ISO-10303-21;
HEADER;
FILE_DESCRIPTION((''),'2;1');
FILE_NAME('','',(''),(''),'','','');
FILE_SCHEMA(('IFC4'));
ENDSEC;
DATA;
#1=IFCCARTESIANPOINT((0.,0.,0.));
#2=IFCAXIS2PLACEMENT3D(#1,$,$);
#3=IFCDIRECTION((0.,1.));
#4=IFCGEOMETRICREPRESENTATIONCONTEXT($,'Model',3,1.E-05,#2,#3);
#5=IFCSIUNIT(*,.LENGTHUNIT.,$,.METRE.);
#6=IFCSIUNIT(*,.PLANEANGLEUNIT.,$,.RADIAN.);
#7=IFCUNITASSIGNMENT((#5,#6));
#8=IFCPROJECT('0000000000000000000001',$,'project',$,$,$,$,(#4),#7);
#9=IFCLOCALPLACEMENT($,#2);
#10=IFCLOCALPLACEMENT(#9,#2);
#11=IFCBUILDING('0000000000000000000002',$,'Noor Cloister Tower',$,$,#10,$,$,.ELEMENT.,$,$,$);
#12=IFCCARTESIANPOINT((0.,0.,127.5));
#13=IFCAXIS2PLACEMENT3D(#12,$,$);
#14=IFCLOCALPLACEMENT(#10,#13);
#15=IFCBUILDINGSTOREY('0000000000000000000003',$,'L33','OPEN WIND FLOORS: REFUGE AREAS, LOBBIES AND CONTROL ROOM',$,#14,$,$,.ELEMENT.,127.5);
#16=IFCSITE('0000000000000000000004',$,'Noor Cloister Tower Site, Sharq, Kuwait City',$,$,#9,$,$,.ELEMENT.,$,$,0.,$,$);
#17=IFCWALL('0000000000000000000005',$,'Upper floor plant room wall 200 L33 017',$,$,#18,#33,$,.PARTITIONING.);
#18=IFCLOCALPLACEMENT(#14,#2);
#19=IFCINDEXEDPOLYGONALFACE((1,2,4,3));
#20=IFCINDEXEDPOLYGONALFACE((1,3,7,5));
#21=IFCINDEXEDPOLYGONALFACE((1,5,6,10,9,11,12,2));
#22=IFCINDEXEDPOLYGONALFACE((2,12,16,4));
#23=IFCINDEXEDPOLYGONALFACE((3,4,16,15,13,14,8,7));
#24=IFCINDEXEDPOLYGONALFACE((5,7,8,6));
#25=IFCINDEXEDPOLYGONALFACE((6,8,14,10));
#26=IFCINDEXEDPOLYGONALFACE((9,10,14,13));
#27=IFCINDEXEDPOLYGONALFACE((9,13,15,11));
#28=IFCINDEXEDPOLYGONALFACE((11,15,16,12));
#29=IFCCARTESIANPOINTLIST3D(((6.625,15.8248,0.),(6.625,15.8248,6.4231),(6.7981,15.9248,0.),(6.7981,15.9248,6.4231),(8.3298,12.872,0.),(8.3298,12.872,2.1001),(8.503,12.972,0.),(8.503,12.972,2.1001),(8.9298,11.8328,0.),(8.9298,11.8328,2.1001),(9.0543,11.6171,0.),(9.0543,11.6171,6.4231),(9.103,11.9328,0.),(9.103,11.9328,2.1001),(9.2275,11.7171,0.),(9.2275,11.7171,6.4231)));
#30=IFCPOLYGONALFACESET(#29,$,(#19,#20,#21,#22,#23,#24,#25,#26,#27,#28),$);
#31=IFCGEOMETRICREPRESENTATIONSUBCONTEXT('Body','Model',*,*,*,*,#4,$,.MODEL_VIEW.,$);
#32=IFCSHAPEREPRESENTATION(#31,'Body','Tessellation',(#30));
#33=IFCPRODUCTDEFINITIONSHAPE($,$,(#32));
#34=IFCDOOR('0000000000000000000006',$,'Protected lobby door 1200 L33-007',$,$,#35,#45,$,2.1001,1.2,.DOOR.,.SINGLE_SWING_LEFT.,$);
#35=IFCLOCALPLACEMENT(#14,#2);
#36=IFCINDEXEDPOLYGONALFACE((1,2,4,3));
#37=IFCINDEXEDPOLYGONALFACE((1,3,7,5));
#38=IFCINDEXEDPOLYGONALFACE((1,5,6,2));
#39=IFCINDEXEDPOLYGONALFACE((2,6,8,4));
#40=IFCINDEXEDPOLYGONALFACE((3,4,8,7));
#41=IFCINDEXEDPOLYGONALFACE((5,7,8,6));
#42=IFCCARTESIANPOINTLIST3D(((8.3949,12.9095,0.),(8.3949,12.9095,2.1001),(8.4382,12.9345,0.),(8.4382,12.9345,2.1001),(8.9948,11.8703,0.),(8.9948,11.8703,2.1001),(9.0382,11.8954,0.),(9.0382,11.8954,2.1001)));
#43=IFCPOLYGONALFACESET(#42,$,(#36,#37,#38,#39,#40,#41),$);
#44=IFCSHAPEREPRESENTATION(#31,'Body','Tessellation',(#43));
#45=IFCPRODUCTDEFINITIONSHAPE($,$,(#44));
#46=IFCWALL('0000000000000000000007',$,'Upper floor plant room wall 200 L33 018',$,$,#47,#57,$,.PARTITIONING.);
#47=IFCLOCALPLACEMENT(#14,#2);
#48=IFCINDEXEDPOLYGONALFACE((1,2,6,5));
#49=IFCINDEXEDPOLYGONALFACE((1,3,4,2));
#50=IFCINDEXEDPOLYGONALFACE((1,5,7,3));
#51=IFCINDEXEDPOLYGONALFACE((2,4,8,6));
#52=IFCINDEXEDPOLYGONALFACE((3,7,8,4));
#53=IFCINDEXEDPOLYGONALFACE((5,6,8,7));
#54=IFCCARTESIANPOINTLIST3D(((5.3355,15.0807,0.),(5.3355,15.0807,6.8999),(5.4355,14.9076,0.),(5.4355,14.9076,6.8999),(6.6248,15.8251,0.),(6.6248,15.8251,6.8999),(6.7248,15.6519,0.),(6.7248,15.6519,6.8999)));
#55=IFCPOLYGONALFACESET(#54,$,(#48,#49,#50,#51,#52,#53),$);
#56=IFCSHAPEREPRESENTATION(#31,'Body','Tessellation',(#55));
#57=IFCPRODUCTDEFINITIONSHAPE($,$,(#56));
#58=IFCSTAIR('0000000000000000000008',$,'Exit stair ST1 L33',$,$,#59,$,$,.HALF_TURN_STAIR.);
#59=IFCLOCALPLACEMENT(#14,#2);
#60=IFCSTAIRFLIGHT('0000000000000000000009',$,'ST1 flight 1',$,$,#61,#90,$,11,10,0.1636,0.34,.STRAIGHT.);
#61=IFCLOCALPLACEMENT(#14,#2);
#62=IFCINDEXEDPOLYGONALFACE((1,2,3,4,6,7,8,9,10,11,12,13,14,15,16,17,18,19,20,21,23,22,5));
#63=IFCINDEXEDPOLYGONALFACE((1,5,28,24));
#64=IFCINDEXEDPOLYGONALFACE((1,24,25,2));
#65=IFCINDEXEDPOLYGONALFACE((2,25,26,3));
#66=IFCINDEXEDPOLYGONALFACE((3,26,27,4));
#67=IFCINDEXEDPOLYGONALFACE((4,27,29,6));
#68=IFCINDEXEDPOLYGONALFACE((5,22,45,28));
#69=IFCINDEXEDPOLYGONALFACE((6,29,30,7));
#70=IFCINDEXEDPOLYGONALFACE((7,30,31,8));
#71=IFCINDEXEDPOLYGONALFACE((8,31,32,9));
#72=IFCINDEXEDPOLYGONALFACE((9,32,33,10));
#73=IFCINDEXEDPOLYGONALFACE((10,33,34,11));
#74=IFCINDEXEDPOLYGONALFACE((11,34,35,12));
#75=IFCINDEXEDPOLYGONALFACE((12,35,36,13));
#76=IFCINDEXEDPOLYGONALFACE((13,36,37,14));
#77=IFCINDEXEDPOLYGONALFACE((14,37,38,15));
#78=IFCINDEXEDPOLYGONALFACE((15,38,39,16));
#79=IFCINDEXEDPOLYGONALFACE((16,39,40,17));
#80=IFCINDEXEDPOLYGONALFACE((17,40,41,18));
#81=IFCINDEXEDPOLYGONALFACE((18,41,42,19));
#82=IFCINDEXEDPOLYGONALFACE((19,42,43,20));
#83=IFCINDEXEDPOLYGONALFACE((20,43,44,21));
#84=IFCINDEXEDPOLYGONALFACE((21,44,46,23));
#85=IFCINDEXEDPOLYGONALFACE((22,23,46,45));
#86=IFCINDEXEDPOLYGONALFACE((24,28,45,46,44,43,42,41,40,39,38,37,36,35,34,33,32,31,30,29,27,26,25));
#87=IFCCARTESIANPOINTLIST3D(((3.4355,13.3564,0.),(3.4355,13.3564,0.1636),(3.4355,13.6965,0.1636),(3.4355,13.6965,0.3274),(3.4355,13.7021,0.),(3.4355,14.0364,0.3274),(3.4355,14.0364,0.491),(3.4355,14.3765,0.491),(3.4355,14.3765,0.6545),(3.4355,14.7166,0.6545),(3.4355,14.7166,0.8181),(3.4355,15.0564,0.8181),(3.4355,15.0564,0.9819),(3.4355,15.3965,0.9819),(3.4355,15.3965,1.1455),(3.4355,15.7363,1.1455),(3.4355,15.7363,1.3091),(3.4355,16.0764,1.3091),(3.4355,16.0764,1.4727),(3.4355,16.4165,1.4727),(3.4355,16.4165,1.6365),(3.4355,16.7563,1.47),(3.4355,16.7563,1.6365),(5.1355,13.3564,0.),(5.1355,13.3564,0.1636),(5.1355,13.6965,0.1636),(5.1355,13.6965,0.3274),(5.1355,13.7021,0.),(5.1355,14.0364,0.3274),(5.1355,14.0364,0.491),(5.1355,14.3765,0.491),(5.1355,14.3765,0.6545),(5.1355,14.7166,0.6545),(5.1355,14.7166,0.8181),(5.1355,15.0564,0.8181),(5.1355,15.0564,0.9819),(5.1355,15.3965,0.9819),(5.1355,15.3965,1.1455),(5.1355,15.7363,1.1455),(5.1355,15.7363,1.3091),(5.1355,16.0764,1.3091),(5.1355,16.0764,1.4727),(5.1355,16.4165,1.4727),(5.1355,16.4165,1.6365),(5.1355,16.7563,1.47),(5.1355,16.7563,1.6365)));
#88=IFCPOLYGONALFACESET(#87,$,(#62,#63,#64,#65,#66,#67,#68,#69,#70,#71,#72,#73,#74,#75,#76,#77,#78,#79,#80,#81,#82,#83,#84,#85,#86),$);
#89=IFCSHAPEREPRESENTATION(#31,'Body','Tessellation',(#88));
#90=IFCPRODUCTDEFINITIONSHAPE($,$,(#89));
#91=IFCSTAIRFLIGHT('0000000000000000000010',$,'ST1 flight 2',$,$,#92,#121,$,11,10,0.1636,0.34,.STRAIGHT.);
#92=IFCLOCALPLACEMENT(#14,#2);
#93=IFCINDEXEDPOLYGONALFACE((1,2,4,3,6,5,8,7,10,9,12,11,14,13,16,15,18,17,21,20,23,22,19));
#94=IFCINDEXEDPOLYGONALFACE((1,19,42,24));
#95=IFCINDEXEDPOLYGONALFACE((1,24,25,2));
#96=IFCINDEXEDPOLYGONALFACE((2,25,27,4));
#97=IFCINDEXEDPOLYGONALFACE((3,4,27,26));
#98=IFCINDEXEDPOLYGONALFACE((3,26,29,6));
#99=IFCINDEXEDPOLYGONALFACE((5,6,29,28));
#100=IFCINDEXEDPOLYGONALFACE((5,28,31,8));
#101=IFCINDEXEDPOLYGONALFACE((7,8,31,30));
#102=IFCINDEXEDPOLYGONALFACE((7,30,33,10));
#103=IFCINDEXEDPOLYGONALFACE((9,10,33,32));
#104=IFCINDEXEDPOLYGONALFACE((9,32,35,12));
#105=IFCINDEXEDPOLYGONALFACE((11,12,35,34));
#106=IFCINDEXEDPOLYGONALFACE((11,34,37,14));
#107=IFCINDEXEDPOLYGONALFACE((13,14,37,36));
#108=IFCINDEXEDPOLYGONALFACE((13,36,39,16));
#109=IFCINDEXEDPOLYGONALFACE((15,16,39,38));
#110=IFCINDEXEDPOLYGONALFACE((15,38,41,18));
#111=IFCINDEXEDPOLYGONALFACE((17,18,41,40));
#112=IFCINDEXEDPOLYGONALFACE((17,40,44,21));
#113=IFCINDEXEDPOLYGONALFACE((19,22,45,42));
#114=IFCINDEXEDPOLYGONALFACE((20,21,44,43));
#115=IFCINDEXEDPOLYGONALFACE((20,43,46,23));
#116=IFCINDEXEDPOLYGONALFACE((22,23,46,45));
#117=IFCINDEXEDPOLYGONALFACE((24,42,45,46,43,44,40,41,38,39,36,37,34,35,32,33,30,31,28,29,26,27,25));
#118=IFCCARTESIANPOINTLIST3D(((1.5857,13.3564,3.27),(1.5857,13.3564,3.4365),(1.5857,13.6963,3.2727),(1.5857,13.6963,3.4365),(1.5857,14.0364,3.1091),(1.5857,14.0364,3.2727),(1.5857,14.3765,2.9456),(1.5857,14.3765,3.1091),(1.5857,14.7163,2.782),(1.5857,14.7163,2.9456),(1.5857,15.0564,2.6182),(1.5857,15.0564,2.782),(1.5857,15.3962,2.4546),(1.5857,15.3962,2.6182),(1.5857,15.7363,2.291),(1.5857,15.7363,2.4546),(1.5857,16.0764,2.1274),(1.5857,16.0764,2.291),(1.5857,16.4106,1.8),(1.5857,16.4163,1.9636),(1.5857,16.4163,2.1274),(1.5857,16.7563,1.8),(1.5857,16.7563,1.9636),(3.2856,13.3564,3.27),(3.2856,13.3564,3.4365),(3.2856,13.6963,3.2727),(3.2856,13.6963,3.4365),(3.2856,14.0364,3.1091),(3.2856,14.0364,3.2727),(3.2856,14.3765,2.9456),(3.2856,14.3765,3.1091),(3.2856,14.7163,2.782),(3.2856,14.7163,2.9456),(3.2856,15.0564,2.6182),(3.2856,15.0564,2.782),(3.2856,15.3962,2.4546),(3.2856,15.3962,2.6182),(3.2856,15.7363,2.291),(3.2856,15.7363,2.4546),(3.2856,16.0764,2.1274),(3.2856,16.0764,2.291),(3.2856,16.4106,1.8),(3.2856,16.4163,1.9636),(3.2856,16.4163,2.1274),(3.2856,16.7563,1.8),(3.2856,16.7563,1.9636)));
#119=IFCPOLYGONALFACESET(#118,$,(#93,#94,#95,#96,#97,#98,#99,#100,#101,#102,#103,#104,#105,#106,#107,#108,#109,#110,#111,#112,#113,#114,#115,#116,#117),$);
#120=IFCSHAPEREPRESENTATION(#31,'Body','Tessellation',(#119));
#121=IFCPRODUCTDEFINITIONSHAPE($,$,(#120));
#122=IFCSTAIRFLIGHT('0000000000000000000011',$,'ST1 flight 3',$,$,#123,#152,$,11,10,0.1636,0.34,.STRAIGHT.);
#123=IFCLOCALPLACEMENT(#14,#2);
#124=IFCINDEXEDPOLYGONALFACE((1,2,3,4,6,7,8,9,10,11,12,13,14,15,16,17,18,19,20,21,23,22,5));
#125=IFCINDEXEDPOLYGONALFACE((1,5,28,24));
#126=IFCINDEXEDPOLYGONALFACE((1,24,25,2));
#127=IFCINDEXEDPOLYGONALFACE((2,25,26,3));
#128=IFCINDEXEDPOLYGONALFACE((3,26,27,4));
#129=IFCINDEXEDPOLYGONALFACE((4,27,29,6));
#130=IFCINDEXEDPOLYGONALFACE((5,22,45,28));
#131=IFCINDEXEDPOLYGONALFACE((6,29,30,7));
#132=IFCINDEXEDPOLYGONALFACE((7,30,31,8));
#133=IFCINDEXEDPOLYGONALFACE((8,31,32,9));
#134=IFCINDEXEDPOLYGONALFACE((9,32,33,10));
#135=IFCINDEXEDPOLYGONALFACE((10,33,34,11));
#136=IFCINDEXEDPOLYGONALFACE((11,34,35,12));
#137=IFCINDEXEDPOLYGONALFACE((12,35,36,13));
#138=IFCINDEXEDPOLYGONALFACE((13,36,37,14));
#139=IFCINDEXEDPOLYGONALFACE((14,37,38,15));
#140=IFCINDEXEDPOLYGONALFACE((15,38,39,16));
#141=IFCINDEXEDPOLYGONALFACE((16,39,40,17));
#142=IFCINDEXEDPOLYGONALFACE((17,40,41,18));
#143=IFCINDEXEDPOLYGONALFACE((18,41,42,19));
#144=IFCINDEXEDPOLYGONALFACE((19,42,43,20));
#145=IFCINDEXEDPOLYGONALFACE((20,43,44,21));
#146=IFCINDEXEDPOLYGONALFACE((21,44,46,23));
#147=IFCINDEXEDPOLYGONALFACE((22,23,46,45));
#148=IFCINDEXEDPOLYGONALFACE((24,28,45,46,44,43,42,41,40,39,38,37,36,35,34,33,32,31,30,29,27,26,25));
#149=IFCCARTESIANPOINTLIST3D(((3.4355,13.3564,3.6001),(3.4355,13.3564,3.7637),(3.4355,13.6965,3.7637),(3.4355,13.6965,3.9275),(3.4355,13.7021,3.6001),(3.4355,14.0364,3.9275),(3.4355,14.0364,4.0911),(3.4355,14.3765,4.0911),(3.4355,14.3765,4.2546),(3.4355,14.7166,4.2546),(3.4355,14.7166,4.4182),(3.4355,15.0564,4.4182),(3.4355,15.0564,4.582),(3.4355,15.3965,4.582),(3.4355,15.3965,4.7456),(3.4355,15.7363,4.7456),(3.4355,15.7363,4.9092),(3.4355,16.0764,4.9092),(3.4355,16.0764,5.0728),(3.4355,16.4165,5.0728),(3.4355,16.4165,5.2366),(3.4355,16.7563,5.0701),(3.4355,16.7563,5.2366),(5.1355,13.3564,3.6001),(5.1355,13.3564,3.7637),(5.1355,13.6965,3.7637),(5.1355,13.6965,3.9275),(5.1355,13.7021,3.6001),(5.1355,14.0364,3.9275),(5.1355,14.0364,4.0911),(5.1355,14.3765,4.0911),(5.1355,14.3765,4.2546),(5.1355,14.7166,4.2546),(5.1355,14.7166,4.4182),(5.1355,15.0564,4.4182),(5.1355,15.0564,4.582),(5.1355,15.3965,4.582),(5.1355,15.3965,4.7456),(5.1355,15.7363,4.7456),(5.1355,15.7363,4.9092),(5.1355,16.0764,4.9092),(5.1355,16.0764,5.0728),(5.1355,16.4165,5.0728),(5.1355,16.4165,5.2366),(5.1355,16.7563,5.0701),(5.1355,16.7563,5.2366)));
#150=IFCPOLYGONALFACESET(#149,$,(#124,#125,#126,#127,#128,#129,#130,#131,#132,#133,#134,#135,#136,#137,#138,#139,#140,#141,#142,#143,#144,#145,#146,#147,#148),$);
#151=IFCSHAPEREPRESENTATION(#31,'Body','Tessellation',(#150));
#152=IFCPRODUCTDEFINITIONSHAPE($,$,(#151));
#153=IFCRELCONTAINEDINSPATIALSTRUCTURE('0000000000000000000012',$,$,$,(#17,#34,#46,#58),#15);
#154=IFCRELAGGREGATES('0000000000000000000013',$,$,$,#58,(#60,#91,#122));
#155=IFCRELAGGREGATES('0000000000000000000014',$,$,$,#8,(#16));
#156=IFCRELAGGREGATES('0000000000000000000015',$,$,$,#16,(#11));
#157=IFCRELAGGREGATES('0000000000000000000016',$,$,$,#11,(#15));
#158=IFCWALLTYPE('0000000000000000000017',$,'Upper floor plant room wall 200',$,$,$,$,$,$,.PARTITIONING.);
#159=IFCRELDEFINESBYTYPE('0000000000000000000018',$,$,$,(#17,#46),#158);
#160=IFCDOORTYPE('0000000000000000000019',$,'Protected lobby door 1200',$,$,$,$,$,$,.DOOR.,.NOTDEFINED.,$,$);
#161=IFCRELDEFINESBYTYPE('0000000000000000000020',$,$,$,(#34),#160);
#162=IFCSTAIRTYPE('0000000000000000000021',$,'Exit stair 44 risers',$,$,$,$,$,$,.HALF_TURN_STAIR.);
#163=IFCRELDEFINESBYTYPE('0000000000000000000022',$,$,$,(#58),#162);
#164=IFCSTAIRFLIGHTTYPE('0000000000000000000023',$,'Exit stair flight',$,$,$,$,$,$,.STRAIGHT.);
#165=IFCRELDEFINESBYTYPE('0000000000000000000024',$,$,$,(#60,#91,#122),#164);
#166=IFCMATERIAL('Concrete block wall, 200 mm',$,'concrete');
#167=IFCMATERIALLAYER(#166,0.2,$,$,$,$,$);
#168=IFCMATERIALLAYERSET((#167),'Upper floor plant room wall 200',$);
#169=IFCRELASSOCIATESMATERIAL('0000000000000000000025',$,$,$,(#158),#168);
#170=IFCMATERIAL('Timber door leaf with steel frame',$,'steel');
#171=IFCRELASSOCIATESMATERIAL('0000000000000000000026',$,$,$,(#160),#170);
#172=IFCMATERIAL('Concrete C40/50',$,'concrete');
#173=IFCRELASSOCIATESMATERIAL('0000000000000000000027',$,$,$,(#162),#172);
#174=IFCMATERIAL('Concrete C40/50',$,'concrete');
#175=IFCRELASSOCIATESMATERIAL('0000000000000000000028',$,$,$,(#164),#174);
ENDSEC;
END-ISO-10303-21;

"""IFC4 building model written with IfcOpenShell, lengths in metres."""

from ifc_helpers import new_model, si_unit, direction, frame, frame_2d, origin, place, context, subcontext, project, spatial, polyline, rectangle, outline, extrude, material, layer, layer_set, type_object, element, fill, aggregate, save


model = new_model("IFC4")

# Units and contexts
model_context = context("Model", 3, precision=1e-05, world=origin(), true_north=direction((0.0, 1.0)))
body_context = subcontext(model_context, "Body", "Model", "MODEL_VIEW")
ifc_project = project(units=[si_unit("LENGTHUNIT", "METRE"), si_unit("PLANEANGLEUNIT", "RADIAN")], contexts=[model_context])

# Site, building, storey
site_placement = place(None, origin())
site = spatial("IfcSite", under=ifc_project, at=site_placement, Name="Noor Cloister Tower Site, Sharq, Kuwait City", CompositionType="ELEMENT", RefElevation=0.0)
building_placement = place(site_placement, origin())
building = spatial("IfcBuilding", under=site, at=building_placement, Name="Noor Cloister Tower", CompositionType="ELEMENT")
storey_placement = place(building_placement, frame((0.0, 0.0, 127.5)))
storey = spatial("IfcBuildingStorey", under=building, at=storey_placement, Name="L33", Description="OPEN WIND FLOORS: REFUGE AREAS, LOBBIES AND CONTROL ROOM", CompositionType="ELEMENT", Elevation=127.5)

# Wall, opening, door
ifc_material_1 = material(Name="Concrete block wall, 200 mm", Category="concrete")
ifc_layer_1 = layer(ifc_material_1, 0.2)
ifc_layer_set_1 = layer_set([ifc_layer_1], Name="Upper floor plant room wall 200")
wall_type_1 = type_object("IfcWallType", Name="Upper floor plant room wall 200", PredefinedType="PARTITIONING", material=ifc_layer_set_1)
wall_1_placement = place(storey_placement, frame((9.1409, 11.6672, 0.0), z_axis=(0.0, 0.0, 1.0), x_axis=(-0.500014, 0.866017, 0.0)))
wall_1 = element("IfcWall", 1, at=wall_1_placement, inside=storey, type_object=wall_type_1, Name="Upper floor plant room wall 200 L33 017", PredefinedType="PARTITIONING", context=body_context, shape_type="SweptSolid", body=[
    extrude(rectangle(XDim=4.8586, YDim=0.2, at=frame_2d((2.4292, 0.0))), origin(), (0.0, 0.0, 1.0), 6.4231),
])
opening_1_placement = place(wall_1_placement, frame((0.2488, 0.0, 0.0)))
opening_1 = element("IfcOpeningElement", 2, at=opening_1_placement, cuts=wall_1, PredefinedType="OPENING", context=body_context, shape_type="SweptSolid", body=[
    extrude(rectangle(XDim=1.2, YDim=2.1001, at=frame_2d((0.6001, 1.05))), frame((0.0, 0.1099, 0.0), z_axis=(0.0, -1.0, 0.0), x_axis=(1.0, 0.0, 0.0)), (0.0, 0.0, 1.0), 0.22),
])
ifc_material_2 = material(Name="Timber door leaf with steel frame", Category="steel")
door_type_1 = type_object("IfcDoorType", Name="Protected lobby door 1200", OperationType="NOTDEFINED", PredefinedType="DOOR", material=ifc_material_2)
door_1_placement = place(opening_1_placement, origin())
door_1 = element("IfcDoor", 3, at=door_1_placement, inside=storey, type_object=door_type_1, Name="Protected lobby door 1200 L33-007", OperationType="SINGLE_SWING_LEFT", OverallHeight=2.1001, OverallWidth=1.2, PredefinedType="DOOR", context=body_context, shape_type="SweptSolid", body=[
    extrude(rectangle(XDim=1.2, YDim=2.1001, at=frame_2d((0.6001, 1.05))), frame((0.0, 0.0249, 0.0), z_axis=(0.0, -1.0, 0.0), x_axis=(1.0, 0.0, 0.0)), (0.0, 0.0, 1.0), 0.05),
])
fill(opening_1, door_1)

# Wall
wall_2_placement = place(storey_placement, frame((6.6748, 15.7385, 0.0), z_axis=(0.0, 0.0, 1.0), x_axis=(-0.866024, -0.500002, 0.0)))
element("IfcWall", 4, at=wall_2_placement, inside=storey, type_object=wall_type_1, Name="Upper floor plant room wall 200 L33 018", PredefinedType="PARTITIONING", context=body_context, shape_type="SweptSolid", body=[
    extrude(rectangle(XDim=1.4888, YDim=0.2, at=frame_2d((0.7444, 0.0))), origin(), (0.0, 0.0, 1.0), 6.8999),
])

# Stair, stair flights
ifc_material_3 = material(Name="Concrete C40/50", Category="concrete")
stair_type = type_object("IfcStairType", Name="Exit stair 44 risers", PredefinedType="HALF_TURN_STAIR", material=ifc_material_3)
stair_placement = place(storey_placement, origin())
stair = element("IfcStair", 5, at=stair_placement, inside=storey, type_object=stair_type, Name="Exit stair ST1 L33", PredefinedType="HALF_TURN_STAIR")
ifc_material_4 = material(Name="Concrete C40/50", Category="concrete")
stair_flight_type = type_object("IfcStairFlightType", Name="Exit stair flight", PredefinedType="STRAIGHT", material=ifc_material_4)
stair_flight_1_placement = place(storey_placement, frame((4.2856, 13.3564, 0.0), z_axis=(0.0, 0.0, 1.0), x_axis=(0.0, 1.0, 0.0)))
stair_flight_1 = element("IfcStairFlight", 6, at=stair_flight_1_placement, type_object=stair_flight_type, Name="ST1 flight 1", NumberOfRisers=11, NumberOfTreads=10, PredefinedType="STRAIGHT", RiserHeight=0.1636, TreadLength=0.34, context=body_context, shape_type="SweptSolid", body=[
    extrude(outline(polyline([(0.0, 0.0), (0.0, 0.1636), (0.3401, 0.1636), (0.3401, 0.3274), (0.6799, 0.3274), (0.6799, 0.491), (1.02, 0.491), (1.02, 0.6545), (1.3601, 0.6545), (1.3601, 0.8181), (1.7, 0.8181), (1.7, 0.9819), (2.04, 0.9819), (2.04, 1.1455), (2.3799, 1.1455), (2.3799, 1.3091), (2.72, 1.3091), (2.72, 1.4727), (3.0601, 1.4727), (3.0601, 1.6365), (3.3999, 1.6365), (3.3999, 1.8), (3.3999, 1.47), (0.3457, 0.0), (0.0, 0.0)])), frame((0.0, 0.8501, 0.0), z_axis=(0.0, -1.0, 0.0), x_axis=(1.0, 0.0, 0.0)), (0.0, 0.0, 1.0), 1.7),
])
stair_flight_2_placement = place(storey_placement, frame((2.4355, 16.7563, 1.8), z_axis=(0.0, 0.0, 1.0), x_axis=(0.0, -1.0, 0.0)))
stair_flight_2 = element("IfcStairFlight", 7, at=stair_flight_2_placement, type_object=stair_flight_type, Name="ST1 flight 2", NumberOfRisers=11, NumberOfTreads=10, PredefinedType="STRAIGHT", RiserHeight=0.1636, TreadLength=0.34, context=body_context, shape_type="SweptSolid", body=[
    extrude(outline(polyline([(0.0, 0.0), (0.0, 0.1636), (0.3401, 0.1636), (0.3401, 0.3274), (0.6799, 0.3274), (0.6799, 0.491), (1.02, 0.491), (1.02, 0.6545), (1.3601, 0.6545), (1.3601, 0.8181), (1.7, 0.8181), (1.7, 0.9819), (2.04, 0.9819), (2.04, 1.1455), (2.3799, 1.1455), (2.3799, 1.3091), (2.72, 1.3091), (2.72, 1.4727), (3.0601, 1.4727), (3.0601, 1.6365), (3.3999, 1.6365), (3.3999, 1.8), (3.3999, 1.47), (0.3457, 0.0), (0.0, 0.0)])), frame((0.0, 0.8501, 0.0), z_axis=(0.0, -1.0, 0.0), x_axis=(1.0, 0.0, 0.0)), (0.0, 0.0, 1.0), 1.7),
])
stair_flight_3_placement = place(storey_placement, frame((4.2856, 13.3564, 3.6001), z_axis=(0.0, 0.0, 1.0), x_axis=(0.0, 1.0, 0.0)))
stair_flight_3 = element("IfcStairFlight", 8, at=stair_flight_3_placement, type_object=stair_flight_type, Name="ST1 flight 3", NumberOfRisers=11, NumberOfTreads=10, PredefinedType="STRAIGHT", RiserHeight=0.1636, TreadLength=0.34, context=body_context, shape_type="SweptSolid", body=[
    extrude(outline(polyline([(0.0, 0.0), (0.0, 0.1636), (0.3401, 0.1636), (0.3401, 0.3274), (0.6799, 0.3274), (0.6799, 0.491), (1.02, 0.491), (1.02, 0.6545), (1.3601, 0.6545), (1.3601, 0.8181), (1.7, 0.8181), (1.7, 0.9819), (2.04, 0.9819), (2.04, 1.1455), (2.3799, 1.1455), (2.3799, 1.3091), (2.72, 1.3091), (2.72, 1.4727), (3.0601, 1.4727), (3.0601, 1.6365), (3.3999, 1.6365), (3.3999, 1.8), (3.3999, 1.47), (0.3457, 0.0), (0.0, 0.0)])), frame((0.0, 0.8501, 0.0), z_axis=(0.0, -1.0, 0.0), x_axis=(1.0, 0.0, 0.0)), (0.0, 0.0, 1.0), 1.7),
])
aggregate(stair, [stair_flight_1, stair_flight_2, stair_flight_3])

save(model, "model.ifc")
